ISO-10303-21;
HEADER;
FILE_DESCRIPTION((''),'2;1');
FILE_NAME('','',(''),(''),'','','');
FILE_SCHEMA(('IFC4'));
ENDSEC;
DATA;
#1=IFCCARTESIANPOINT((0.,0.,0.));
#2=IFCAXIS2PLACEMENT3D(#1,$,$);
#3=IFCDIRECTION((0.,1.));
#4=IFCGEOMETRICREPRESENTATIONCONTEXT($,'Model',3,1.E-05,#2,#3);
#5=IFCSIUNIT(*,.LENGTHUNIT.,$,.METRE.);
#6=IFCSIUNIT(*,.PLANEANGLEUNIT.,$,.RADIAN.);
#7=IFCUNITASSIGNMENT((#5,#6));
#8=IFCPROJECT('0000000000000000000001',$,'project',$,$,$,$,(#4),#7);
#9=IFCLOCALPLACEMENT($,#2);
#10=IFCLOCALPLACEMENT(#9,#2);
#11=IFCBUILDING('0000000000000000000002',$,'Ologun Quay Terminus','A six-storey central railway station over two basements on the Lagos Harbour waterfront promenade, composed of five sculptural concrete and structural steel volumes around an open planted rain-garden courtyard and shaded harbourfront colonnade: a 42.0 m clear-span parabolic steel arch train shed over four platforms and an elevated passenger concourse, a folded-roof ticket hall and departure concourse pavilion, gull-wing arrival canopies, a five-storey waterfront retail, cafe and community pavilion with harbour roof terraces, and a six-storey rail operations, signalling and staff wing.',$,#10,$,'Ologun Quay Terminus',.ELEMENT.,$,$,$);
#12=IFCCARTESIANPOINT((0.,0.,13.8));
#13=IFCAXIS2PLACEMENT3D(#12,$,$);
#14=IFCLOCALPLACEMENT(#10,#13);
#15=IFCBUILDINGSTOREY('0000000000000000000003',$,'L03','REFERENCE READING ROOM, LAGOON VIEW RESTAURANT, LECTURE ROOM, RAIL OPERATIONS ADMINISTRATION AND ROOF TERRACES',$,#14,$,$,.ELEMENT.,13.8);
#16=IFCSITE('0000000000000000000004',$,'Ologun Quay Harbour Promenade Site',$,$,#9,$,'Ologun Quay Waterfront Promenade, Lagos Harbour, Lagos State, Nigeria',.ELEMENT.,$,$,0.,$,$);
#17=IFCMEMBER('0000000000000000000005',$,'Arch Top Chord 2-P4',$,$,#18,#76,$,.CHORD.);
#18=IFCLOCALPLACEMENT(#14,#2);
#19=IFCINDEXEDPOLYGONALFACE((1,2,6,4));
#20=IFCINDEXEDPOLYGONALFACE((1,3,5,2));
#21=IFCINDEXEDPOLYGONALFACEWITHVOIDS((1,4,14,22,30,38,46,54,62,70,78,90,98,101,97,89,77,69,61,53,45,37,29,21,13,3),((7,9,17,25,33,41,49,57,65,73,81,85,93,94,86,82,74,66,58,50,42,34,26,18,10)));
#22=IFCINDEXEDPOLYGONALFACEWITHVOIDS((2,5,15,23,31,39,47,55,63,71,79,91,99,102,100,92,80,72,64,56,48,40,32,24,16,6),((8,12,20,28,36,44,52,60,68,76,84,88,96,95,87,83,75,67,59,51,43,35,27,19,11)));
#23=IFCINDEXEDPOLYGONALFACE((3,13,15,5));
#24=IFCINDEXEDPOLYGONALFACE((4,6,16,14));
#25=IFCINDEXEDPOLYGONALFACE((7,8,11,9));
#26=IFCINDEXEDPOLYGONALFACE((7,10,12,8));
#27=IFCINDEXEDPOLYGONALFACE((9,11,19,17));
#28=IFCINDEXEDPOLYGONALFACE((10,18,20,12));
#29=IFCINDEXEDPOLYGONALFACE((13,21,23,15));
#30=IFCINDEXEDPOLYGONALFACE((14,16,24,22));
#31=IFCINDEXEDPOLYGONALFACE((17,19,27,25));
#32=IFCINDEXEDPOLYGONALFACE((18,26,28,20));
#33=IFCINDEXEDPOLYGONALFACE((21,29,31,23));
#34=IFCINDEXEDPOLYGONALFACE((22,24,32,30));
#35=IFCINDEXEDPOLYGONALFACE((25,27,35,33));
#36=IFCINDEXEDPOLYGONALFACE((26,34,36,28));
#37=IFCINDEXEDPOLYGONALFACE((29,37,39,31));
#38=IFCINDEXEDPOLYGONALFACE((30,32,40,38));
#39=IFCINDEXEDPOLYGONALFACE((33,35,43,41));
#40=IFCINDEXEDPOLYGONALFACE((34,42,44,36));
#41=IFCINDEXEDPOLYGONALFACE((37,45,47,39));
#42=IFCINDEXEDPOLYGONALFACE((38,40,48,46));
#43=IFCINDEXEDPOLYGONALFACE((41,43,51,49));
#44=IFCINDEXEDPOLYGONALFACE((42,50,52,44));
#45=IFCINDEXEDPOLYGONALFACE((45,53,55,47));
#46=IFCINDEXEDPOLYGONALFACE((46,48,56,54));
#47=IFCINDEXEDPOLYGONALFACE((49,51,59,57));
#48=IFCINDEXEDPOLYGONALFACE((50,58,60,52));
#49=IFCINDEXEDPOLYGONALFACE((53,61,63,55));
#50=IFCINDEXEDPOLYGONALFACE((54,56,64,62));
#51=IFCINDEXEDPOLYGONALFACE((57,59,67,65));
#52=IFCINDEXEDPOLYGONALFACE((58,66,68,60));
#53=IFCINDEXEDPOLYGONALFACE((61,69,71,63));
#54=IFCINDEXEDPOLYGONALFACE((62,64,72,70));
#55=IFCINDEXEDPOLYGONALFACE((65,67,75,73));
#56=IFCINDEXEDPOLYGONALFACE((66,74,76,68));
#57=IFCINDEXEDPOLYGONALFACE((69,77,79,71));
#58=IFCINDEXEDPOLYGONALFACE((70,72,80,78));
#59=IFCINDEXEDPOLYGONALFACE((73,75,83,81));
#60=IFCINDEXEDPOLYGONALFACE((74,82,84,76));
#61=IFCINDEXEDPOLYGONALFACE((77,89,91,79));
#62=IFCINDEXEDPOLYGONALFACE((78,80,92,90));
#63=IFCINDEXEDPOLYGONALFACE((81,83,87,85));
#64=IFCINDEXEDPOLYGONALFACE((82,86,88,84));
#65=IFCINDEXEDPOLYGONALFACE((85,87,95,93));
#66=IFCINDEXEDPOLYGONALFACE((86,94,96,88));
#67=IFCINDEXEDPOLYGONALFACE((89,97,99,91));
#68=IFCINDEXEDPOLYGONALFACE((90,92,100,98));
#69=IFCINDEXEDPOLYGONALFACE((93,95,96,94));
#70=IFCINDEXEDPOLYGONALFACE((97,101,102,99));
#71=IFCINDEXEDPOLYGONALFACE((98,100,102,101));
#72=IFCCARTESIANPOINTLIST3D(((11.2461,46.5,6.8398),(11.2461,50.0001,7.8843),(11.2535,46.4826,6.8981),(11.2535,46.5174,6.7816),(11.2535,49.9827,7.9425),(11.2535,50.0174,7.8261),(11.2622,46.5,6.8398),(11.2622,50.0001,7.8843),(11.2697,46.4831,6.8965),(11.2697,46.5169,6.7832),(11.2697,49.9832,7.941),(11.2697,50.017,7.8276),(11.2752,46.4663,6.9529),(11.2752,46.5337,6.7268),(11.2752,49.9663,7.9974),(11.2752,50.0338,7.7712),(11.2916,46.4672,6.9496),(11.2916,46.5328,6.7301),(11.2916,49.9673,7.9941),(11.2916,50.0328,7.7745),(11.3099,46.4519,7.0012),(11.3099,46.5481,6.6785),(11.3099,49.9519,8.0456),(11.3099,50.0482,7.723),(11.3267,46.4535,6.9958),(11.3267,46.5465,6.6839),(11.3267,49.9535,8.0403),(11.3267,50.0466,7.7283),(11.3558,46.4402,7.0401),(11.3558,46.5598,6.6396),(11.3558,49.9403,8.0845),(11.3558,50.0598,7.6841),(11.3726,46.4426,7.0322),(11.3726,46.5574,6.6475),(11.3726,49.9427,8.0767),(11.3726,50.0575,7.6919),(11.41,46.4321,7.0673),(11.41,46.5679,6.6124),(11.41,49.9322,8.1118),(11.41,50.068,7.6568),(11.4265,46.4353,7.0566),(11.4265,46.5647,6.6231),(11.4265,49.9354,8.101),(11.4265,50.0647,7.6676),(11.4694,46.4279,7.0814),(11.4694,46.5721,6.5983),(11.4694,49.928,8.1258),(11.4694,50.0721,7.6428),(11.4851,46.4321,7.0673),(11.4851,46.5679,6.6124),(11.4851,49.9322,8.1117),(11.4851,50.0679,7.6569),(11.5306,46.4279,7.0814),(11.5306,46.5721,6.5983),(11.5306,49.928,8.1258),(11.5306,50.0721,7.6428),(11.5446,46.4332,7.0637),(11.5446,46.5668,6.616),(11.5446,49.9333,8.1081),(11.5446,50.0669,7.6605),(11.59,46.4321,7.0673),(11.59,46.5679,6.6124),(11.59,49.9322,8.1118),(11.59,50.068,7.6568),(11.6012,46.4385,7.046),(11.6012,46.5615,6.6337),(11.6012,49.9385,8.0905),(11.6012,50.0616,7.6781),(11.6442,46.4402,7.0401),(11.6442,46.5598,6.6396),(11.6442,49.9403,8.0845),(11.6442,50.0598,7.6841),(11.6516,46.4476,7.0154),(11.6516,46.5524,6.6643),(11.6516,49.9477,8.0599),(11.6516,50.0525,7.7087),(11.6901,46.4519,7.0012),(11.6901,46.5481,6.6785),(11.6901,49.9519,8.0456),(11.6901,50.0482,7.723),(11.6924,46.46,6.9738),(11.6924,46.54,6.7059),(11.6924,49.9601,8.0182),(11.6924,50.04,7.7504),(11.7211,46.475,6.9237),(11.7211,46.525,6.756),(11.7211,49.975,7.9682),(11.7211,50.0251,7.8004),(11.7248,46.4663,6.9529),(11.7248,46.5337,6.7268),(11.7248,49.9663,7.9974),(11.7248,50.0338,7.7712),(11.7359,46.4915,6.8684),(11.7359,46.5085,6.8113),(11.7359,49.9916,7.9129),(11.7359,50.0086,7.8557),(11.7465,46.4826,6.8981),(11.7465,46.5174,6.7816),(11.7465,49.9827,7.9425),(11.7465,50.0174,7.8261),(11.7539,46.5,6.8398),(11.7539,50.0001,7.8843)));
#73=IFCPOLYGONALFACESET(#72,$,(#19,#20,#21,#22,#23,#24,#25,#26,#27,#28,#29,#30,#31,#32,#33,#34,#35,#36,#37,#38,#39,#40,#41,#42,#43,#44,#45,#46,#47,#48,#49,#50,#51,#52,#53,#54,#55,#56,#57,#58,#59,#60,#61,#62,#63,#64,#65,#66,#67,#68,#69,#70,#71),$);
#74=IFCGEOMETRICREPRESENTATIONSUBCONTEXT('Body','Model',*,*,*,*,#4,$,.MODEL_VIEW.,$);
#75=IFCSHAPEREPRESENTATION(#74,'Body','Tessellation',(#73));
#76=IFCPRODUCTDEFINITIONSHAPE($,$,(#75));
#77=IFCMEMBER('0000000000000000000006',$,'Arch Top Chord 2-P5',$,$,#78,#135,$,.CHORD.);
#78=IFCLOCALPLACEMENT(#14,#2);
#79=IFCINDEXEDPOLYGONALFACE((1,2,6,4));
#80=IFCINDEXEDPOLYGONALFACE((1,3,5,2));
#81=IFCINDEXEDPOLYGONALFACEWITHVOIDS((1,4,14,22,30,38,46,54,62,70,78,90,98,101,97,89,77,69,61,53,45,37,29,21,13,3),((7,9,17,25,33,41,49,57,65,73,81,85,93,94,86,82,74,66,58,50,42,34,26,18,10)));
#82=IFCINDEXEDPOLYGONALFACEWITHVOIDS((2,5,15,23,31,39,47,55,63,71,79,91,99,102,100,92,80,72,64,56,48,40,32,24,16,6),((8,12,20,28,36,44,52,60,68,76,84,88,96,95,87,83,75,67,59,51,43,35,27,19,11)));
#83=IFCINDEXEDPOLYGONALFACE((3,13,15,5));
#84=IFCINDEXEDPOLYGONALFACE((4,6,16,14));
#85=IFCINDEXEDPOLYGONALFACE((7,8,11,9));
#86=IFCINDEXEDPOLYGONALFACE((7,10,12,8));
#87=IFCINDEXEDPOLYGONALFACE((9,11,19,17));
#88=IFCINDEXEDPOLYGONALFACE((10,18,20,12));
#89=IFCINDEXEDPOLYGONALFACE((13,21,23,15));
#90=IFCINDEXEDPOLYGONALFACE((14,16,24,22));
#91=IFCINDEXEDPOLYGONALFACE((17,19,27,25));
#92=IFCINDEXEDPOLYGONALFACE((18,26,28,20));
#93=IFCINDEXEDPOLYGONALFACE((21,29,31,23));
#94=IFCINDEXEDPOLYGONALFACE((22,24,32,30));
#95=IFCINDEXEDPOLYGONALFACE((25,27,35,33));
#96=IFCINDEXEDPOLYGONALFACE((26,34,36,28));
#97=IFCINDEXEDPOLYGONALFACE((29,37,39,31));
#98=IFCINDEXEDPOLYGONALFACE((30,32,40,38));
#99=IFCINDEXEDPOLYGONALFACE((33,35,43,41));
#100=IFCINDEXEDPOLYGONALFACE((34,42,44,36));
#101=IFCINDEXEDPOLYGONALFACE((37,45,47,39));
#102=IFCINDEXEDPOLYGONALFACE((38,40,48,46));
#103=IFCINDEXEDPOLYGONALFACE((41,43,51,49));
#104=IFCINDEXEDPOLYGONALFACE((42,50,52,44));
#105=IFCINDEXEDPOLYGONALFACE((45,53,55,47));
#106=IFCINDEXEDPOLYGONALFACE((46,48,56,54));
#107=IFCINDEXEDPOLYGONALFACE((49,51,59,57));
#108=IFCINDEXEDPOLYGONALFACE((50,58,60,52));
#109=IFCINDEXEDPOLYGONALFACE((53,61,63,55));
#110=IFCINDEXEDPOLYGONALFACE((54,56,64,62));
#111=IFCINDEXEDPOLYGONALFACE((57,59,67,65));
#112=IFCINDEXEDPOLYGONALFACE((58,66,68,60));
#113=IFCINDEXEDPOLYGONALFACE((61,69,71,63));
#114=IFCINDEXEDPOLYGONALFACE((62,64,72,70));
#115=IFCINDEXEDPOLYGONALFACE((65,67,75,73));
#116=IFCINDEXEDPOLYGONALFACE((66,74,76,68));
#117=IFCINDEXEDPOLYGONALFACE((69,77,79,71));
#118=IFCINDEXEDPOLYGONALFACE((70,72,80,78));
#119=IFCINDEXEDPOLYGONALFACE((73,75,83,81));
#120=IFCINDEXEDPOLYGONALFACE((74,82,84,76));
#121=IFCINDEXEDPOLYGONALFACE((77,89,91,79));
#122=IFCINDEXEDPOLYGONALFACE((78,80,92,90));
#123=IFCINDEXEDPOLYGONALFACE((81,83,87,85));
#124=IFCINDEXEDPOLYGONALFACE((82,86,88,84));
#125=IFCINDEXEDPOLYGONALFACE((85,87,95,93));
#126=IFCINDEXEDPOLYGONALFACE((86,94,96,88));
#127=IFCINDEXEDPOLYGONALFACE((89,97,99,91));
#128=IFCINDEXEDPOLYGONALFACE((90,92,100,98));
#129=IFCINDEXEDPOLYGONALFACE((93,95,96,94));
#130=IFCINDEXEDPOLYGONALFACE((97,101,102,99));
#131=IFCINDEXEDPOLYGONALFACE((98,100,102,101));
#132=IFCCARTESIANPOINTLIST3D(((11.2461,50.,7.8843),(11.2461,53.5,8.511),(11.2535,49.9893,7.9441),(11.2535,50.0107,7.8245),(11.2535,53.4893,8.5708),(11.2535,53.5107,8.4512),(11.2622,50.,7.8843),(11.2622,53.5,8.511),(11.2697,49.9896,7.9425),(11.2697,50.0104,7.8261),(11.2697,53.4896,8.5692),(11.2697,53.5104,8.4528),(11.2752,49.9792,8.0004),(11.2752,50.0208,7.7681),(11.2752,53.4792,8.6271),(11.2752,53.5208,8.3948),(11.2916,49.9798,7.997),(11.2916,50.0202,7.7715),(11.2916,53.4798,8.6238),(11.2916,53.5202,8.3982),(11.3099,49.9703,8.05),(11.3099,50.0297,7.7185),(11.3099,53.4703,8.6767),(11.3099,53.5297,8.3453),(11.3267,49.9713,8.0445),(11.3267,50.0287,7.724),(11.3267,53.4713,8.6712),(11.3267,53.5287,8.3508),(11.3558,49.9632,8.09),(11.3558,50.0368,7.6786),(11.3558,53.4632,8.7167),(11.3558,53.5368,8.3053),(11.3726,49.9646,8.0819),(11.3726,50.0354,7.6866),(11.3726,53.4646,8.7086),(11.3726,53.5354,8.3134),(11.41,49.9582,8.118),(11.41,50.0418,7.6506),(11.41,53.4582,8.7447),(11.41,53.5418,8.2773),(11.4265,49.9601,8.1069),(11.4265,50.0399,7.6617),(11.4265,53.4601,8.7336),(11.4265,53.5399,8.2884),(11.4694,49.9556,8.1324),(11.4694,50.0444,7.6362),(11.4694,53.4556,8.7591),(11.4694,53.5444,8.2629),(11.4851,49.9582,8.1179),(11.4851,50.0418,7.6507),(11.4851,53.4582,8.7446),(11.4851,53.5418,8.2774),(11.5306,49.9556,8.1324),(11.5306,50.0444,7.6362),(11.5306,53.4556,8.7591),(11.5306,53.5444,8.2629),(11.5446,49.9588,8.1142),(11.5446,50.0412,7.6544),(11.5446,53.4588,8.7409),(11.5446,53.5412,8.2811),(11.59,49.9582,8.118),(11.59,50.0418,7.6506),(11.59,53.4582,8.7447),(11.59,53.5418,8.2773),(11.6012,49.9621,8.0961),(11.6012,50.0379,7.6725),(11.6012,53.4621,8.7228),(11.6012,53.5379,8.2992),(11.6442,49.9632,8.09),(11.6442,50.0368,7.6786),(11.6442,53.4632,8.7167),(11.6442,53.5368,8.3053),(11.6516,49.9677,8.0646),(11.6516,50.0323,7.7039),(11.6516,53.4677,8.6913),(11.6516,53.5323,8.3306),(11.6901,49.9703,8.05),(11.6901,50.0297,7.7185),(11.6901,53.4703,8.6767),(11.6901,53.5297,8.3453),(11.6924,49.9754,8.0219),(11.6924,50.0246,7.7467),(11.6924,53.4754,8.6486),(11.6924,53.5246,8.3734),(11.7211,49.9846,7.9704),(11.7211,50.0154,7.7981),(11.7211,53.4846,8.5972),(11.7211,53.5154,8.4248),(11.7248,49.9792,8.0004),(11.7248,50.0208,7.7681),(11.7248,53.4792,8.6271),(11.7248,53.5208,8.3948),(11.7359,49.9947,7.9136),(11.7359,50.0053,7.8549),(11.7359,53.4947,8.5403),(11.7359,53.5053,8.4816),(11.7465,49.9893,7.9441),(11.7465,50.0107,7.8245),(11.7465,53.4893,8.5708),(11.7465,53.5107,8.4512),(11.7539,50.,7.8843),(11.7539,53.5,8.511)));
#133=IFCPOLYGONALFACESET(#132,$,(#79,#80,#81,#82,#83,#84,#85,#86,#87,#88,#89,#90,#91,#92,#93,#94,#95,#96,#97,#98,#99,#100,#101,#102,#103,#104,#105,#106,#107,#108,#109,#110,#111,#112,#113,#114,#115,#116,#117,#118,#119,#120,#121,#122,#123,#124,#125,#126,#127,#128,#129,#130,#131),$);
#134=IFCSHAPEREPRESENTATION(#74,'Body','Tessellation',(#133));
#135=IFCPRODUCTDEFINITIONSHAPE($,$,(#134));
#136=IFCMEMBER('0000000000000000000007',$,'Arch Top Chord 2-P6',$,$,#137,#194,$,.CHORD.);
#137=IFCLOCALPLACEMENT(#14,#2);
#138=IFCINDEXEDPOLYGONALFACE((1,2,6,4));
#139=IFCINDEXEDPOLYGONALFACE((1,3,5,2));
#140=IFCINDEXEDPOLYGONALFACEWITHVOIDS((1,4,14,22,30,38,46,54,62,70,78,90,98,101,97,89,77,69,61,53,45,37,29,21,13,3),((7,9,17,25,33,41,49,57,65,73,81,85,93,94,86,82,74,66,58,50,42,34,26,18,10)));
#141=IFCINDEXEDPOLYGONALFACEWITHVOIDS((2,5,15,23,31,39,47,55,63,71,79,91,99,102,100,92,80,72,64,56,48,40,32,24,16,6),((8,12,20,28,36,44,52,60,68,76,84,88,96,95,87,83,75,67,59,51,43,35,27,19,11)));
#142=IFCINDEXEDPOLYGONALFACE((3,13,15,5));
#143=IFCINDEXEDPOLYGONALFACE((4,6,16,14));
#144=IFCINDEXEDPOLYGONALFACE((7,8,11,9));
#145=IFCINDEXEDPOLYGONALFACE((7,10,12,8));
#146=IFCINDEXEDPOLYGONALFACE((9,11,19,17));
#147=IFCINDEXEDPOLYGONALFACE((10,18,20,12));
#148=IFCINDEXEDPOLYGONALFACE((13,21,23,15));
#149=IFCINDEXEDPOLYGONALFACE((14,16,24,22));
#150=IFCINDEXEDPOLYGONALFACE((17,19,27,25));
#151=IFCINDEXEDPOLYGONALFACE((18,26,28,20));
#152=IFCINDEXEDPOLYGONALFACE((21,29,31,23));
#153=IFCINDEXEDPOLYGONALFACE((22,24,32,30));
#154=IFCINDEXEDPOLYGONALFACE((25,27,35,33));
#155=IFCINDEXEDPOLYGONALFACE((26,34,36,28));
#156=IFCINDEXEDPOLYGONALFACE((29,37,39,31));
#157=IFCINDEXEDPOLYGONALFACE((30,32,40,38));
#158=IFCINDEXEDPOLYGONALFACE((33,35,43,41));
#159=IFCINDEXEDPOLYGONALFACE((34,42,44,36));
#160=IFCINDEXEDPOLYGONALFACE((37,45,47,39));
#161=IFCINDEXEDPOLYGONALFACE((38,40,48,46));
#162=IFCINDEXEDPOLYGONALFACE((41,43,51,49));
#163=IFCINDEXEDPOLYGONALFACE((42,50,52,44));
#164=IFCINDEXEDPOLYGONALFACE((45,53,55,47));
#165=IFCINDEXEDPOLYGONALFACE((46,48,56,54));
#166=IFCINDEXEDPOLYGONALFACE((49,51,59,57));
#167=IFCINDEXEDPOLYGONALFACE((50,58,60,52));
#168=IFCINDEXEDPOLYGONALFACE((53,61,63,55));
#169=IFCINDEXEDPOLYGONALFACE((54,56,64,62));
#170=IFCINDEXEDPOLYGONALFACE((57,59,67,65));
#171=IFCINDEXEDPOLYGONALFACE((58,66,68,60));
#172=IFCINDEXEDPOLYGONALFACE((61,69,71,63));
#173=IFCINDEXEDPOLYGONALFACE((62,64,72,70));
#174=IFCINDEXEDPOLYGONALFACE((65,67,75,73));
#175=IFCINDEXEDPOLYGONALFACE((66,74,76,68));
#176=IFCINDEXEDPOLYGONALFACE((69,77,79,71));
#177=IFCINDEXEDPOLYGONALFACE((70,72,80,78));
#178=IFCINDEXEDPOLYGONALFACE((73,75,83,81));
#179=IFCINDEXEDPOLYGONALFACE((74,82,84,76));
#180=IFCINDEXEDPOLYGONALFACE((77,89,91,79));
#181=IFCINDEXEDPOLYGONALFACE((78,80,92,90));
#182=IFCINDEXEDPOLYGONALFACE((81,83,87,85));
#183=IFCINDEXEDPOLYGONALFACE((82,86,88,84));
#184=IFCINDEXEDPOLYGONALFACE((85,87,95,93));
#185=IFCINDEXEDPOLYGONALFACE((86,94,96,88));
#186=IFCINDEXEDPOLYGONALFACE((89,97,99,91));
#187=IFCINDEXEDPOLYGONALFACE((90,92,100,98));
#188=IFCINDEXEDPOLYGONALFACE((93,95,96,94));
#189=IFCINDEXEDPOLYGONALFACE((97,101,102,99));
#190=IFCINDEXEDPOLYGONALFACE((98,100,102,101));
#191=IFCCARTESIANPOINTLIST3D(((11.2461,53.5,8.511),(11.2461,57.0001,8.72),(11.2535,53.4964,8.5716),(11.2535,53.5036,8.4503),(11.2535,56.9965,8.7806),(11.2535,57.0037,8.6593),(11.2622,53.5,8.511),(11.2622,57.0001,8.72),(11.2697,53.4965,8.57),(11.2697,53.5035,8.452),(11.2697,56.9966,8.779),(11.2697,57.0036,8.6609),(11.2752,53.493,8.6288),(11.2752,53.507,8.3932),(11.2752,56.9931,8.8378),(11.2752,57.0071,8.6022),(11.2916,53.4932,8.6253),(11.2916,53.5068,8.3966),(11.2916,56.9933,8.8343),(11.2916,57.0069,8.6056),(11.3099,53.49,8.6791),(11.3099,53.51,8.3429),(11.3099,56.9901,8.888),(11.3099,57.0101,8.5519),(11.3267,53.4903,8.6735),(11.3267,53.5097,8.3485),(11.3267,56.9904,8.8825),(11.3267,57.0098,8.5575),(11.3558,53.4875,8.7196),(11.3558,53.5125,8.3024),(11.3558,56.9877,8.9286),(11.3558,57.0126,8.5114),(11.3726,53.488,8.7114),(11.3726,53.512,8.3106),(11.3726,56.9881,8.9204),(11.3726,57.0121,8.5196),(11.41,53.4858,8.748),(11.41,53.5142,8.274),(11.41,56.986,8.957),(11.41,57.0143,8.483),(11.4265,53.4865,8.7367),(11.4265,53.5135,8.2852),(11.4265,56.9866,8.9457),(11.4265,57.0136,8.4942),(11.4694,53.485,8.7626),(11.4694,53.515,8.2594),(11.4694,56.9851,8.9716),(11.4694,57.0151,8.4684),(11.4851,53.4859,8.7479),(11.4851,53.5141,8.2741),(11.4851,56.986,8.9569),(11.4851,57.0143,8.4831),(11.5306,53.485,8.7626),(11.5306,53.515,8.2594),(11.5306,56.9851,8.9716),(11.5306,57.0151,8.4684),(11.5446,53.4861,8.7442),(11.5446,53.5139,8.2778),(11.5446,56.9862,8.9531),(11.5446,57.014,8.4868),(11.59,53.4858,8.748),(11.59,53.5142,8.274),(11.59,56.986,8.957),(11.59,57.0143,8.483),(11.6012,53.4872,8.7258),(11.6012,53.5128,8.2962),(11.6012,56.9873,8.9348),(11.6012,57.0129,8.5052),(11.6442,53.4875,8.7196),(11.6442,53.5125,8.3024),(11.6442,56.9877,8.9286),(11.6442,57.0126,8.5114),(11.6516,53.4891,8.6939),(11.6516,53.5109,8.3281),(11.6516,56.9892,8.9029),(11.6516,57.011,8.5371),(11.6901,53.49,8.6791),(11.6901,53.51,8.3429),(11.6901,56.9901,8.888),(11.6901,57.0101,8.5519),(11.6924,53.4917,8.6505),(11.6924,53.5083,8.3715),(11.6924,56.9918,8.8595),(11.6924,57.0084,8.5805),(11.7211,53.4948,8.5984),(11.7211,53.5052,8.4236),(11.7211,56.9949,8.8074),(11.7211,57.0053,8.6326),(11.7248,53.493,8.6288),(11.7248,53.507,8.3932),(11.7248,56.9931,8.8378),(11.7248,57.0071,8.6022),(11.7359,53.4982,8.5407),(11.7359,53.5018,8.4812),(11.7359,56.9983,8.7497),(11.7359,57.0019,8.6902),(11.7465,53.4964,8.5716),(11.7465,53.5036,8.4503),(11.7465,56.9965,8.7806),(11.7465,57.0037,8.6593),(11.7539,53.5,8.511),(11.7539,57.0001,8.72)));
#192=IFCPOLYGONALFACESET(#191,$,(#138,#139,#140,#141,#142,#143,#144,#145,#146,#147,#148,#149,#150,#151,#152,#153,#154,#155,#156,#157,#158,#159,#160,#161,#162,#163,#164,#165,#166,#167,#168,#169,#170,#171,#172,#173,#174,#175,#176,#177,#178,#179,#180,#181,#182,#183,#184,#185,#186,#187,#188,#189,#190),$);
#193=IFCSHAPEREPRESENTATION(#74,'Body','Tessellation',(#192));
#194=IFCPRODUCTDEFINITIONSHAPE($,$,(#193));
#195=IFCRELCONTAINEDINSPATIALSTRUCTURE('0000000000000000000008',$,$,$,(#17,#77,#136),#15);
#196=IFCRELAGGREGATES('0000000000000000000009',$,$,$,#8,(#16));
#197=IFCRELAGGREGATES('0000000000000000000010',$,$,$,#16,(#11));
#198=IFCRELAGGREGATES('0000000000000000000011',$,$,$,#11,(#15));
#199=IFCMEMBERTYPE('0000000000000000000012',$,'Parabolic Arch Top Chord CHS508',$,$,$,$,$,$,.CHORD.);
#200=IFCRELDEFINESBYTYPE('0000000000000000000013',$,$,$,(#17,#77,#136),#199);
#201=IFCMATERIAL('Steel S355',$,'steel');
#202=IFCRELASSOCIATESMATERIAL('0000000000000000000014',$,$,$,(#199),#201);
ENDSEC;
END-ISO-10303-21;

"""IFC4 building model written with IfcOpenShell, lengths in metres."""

from ifc_helpers import new_model, si_unit, direction, frame, origin, origin_2d, place, context, subcontext, project, spatial, hollow_circle, extrude, material, material_profile, profile_set, type_object, element, save


model = new_model("IFC4")

# Units and contexts
model_context = context("Model", 3, precision=1e-05, world=origin(), true_north=direction((0.0, 1.0)))
body_context = subcontext(model_context, "Body", "Model", "MODEL_VIEW")
ifc_project = project(units=[si_unit("LENGTHUNIT", "METRE"), si_unit("PLANEANGLEUNIT", "RADIAN")], contexts=[model_context])

# Site, building, storey
site_placement = place(None, origin())
site = spatial("IfcSite", under=ifc_project, at=site_placement, Name="Ologun Quay Harbour Promenade Site", LongName="Ologun Quay Waterfront Promenade, Lagos Harbour, Lagos State, Nigeria", CompositionType="ELEMENT", RefElevation=0.0)
building_placement = place(site_placement, origin())
building = spatial("IfcBuilding", under=site, at=building_placement, Name="Ologun Quay Terminus", Description="A six-storey central railway station over two basements on the Lagos Harbour waterfront promenade, composed of five sculptural concrete and structural steel volumes around an open planted rain-garden courtyard and shaded harbourfront colonnade: a 42.0 m clear-span parabolic steel arch train shed over four platforms and an elevated passenger concourse, a folded-roof ticket hall and departure concourse pavilion, gull-wing arrival canopies, a five-storey waterfront retail, cafe and community pavilion with harbour roof terraces, and a six-storey rail operations, signalling and staff wing.", LongName="Ologun Quay Terminus", CompositionType="ELEMENT")
storey_placement = place(building_placement, frame((0.0, 0.0, 13.8)))
storey = spatial("IfcBuildingStorey", under=building, at=storey_placement, Name="L03", Description="REFERENCE READING ROOM, LAGOON VIEW RESTAURANT, LECTURE ROOM, RAIL OPERATIONS ADMINISTRATION AND ROOF TERRACES", CompositionType="ELEMENT", Elevation=13.8)

# Members
ifc_material_1 = material(Name="Steel S355", Category="steel")
ifc_material_profile_1 = material_profile(ifc_material_1, hollow_circle(Radius=0.2539, WallThickness=0.0161, at=origin_2d()), Name="CHS 508x16")
ifc_profile_set_1 = profile_set([ifc_material_profile_1], Name="Steel S355")
member_type_1 = type_object("IfcMemberType", Name="Parabolic Arch Top Chord CHS508", PredefinedType="CHORD", material=ifc_profile_set_1)
member_1_placement = place(storey_placement, frame((11.5, 46.5, 6.8398), z_axis=(0.0, 0.958245, 0.285949), x_axis=(-1.0, 0.0, 0.0)))
element("IfcMember", 1, at=member_1_placement, inside=storey, type_object=member_type_1, Name="Arch Top Chord 2-P4", PredefinedType="CHORD", context=body_context, shape_type="SweptSolid", body=[
    extrude(hollow_circle(Radius=0.2539, WallThickness=0.0161, at=origin_2d()), origin(), (0.0, 0.0, 1.0), 3.6526),
])
member_2_placement = place(storey_placement, frame((11.5, 50.0, 7.8843), z_axis=(0.0, 0.984344, 0.176256), x_axis=(-1.0, 0.0, 0.0)))
element("IfcMember", 2, at=member_2_placement, inside=storey, type_object=member_type_1, Name="Arch Top Chord 2-P5", PredefinedType="CHORD", context=body_context, shape_type="SweptSolid", body=[
    extrude(hollow_circle(Radius=0.2539, WallThickness=0.0161, at=origin_2d()), origin(), (0.0, 0.0, 1.0), 3.5557),
])
member_3_placement = place(storey_placement, frame((11.5, 53.5, 8.511), z_axis=(0.0, 0.998222, 0.059604), x_axis=(-1.0, 0.0, 0.0)))
element("IfcMember", 3, at=member_3_placement, inside=storey, type_object=member_type_1, Name="Arch Top Chord 2-P6", PredefinedType="CHORD", context=body_context, shape_type="SweptSolid", body=[
    extrude(hollow_circle(Radius=0.2539, WallThickness=0.0161, at=origin_2d()), origin(), (0.0, 0.0, 1.0), 3.5063),
])

save(model, "model.ifc")
